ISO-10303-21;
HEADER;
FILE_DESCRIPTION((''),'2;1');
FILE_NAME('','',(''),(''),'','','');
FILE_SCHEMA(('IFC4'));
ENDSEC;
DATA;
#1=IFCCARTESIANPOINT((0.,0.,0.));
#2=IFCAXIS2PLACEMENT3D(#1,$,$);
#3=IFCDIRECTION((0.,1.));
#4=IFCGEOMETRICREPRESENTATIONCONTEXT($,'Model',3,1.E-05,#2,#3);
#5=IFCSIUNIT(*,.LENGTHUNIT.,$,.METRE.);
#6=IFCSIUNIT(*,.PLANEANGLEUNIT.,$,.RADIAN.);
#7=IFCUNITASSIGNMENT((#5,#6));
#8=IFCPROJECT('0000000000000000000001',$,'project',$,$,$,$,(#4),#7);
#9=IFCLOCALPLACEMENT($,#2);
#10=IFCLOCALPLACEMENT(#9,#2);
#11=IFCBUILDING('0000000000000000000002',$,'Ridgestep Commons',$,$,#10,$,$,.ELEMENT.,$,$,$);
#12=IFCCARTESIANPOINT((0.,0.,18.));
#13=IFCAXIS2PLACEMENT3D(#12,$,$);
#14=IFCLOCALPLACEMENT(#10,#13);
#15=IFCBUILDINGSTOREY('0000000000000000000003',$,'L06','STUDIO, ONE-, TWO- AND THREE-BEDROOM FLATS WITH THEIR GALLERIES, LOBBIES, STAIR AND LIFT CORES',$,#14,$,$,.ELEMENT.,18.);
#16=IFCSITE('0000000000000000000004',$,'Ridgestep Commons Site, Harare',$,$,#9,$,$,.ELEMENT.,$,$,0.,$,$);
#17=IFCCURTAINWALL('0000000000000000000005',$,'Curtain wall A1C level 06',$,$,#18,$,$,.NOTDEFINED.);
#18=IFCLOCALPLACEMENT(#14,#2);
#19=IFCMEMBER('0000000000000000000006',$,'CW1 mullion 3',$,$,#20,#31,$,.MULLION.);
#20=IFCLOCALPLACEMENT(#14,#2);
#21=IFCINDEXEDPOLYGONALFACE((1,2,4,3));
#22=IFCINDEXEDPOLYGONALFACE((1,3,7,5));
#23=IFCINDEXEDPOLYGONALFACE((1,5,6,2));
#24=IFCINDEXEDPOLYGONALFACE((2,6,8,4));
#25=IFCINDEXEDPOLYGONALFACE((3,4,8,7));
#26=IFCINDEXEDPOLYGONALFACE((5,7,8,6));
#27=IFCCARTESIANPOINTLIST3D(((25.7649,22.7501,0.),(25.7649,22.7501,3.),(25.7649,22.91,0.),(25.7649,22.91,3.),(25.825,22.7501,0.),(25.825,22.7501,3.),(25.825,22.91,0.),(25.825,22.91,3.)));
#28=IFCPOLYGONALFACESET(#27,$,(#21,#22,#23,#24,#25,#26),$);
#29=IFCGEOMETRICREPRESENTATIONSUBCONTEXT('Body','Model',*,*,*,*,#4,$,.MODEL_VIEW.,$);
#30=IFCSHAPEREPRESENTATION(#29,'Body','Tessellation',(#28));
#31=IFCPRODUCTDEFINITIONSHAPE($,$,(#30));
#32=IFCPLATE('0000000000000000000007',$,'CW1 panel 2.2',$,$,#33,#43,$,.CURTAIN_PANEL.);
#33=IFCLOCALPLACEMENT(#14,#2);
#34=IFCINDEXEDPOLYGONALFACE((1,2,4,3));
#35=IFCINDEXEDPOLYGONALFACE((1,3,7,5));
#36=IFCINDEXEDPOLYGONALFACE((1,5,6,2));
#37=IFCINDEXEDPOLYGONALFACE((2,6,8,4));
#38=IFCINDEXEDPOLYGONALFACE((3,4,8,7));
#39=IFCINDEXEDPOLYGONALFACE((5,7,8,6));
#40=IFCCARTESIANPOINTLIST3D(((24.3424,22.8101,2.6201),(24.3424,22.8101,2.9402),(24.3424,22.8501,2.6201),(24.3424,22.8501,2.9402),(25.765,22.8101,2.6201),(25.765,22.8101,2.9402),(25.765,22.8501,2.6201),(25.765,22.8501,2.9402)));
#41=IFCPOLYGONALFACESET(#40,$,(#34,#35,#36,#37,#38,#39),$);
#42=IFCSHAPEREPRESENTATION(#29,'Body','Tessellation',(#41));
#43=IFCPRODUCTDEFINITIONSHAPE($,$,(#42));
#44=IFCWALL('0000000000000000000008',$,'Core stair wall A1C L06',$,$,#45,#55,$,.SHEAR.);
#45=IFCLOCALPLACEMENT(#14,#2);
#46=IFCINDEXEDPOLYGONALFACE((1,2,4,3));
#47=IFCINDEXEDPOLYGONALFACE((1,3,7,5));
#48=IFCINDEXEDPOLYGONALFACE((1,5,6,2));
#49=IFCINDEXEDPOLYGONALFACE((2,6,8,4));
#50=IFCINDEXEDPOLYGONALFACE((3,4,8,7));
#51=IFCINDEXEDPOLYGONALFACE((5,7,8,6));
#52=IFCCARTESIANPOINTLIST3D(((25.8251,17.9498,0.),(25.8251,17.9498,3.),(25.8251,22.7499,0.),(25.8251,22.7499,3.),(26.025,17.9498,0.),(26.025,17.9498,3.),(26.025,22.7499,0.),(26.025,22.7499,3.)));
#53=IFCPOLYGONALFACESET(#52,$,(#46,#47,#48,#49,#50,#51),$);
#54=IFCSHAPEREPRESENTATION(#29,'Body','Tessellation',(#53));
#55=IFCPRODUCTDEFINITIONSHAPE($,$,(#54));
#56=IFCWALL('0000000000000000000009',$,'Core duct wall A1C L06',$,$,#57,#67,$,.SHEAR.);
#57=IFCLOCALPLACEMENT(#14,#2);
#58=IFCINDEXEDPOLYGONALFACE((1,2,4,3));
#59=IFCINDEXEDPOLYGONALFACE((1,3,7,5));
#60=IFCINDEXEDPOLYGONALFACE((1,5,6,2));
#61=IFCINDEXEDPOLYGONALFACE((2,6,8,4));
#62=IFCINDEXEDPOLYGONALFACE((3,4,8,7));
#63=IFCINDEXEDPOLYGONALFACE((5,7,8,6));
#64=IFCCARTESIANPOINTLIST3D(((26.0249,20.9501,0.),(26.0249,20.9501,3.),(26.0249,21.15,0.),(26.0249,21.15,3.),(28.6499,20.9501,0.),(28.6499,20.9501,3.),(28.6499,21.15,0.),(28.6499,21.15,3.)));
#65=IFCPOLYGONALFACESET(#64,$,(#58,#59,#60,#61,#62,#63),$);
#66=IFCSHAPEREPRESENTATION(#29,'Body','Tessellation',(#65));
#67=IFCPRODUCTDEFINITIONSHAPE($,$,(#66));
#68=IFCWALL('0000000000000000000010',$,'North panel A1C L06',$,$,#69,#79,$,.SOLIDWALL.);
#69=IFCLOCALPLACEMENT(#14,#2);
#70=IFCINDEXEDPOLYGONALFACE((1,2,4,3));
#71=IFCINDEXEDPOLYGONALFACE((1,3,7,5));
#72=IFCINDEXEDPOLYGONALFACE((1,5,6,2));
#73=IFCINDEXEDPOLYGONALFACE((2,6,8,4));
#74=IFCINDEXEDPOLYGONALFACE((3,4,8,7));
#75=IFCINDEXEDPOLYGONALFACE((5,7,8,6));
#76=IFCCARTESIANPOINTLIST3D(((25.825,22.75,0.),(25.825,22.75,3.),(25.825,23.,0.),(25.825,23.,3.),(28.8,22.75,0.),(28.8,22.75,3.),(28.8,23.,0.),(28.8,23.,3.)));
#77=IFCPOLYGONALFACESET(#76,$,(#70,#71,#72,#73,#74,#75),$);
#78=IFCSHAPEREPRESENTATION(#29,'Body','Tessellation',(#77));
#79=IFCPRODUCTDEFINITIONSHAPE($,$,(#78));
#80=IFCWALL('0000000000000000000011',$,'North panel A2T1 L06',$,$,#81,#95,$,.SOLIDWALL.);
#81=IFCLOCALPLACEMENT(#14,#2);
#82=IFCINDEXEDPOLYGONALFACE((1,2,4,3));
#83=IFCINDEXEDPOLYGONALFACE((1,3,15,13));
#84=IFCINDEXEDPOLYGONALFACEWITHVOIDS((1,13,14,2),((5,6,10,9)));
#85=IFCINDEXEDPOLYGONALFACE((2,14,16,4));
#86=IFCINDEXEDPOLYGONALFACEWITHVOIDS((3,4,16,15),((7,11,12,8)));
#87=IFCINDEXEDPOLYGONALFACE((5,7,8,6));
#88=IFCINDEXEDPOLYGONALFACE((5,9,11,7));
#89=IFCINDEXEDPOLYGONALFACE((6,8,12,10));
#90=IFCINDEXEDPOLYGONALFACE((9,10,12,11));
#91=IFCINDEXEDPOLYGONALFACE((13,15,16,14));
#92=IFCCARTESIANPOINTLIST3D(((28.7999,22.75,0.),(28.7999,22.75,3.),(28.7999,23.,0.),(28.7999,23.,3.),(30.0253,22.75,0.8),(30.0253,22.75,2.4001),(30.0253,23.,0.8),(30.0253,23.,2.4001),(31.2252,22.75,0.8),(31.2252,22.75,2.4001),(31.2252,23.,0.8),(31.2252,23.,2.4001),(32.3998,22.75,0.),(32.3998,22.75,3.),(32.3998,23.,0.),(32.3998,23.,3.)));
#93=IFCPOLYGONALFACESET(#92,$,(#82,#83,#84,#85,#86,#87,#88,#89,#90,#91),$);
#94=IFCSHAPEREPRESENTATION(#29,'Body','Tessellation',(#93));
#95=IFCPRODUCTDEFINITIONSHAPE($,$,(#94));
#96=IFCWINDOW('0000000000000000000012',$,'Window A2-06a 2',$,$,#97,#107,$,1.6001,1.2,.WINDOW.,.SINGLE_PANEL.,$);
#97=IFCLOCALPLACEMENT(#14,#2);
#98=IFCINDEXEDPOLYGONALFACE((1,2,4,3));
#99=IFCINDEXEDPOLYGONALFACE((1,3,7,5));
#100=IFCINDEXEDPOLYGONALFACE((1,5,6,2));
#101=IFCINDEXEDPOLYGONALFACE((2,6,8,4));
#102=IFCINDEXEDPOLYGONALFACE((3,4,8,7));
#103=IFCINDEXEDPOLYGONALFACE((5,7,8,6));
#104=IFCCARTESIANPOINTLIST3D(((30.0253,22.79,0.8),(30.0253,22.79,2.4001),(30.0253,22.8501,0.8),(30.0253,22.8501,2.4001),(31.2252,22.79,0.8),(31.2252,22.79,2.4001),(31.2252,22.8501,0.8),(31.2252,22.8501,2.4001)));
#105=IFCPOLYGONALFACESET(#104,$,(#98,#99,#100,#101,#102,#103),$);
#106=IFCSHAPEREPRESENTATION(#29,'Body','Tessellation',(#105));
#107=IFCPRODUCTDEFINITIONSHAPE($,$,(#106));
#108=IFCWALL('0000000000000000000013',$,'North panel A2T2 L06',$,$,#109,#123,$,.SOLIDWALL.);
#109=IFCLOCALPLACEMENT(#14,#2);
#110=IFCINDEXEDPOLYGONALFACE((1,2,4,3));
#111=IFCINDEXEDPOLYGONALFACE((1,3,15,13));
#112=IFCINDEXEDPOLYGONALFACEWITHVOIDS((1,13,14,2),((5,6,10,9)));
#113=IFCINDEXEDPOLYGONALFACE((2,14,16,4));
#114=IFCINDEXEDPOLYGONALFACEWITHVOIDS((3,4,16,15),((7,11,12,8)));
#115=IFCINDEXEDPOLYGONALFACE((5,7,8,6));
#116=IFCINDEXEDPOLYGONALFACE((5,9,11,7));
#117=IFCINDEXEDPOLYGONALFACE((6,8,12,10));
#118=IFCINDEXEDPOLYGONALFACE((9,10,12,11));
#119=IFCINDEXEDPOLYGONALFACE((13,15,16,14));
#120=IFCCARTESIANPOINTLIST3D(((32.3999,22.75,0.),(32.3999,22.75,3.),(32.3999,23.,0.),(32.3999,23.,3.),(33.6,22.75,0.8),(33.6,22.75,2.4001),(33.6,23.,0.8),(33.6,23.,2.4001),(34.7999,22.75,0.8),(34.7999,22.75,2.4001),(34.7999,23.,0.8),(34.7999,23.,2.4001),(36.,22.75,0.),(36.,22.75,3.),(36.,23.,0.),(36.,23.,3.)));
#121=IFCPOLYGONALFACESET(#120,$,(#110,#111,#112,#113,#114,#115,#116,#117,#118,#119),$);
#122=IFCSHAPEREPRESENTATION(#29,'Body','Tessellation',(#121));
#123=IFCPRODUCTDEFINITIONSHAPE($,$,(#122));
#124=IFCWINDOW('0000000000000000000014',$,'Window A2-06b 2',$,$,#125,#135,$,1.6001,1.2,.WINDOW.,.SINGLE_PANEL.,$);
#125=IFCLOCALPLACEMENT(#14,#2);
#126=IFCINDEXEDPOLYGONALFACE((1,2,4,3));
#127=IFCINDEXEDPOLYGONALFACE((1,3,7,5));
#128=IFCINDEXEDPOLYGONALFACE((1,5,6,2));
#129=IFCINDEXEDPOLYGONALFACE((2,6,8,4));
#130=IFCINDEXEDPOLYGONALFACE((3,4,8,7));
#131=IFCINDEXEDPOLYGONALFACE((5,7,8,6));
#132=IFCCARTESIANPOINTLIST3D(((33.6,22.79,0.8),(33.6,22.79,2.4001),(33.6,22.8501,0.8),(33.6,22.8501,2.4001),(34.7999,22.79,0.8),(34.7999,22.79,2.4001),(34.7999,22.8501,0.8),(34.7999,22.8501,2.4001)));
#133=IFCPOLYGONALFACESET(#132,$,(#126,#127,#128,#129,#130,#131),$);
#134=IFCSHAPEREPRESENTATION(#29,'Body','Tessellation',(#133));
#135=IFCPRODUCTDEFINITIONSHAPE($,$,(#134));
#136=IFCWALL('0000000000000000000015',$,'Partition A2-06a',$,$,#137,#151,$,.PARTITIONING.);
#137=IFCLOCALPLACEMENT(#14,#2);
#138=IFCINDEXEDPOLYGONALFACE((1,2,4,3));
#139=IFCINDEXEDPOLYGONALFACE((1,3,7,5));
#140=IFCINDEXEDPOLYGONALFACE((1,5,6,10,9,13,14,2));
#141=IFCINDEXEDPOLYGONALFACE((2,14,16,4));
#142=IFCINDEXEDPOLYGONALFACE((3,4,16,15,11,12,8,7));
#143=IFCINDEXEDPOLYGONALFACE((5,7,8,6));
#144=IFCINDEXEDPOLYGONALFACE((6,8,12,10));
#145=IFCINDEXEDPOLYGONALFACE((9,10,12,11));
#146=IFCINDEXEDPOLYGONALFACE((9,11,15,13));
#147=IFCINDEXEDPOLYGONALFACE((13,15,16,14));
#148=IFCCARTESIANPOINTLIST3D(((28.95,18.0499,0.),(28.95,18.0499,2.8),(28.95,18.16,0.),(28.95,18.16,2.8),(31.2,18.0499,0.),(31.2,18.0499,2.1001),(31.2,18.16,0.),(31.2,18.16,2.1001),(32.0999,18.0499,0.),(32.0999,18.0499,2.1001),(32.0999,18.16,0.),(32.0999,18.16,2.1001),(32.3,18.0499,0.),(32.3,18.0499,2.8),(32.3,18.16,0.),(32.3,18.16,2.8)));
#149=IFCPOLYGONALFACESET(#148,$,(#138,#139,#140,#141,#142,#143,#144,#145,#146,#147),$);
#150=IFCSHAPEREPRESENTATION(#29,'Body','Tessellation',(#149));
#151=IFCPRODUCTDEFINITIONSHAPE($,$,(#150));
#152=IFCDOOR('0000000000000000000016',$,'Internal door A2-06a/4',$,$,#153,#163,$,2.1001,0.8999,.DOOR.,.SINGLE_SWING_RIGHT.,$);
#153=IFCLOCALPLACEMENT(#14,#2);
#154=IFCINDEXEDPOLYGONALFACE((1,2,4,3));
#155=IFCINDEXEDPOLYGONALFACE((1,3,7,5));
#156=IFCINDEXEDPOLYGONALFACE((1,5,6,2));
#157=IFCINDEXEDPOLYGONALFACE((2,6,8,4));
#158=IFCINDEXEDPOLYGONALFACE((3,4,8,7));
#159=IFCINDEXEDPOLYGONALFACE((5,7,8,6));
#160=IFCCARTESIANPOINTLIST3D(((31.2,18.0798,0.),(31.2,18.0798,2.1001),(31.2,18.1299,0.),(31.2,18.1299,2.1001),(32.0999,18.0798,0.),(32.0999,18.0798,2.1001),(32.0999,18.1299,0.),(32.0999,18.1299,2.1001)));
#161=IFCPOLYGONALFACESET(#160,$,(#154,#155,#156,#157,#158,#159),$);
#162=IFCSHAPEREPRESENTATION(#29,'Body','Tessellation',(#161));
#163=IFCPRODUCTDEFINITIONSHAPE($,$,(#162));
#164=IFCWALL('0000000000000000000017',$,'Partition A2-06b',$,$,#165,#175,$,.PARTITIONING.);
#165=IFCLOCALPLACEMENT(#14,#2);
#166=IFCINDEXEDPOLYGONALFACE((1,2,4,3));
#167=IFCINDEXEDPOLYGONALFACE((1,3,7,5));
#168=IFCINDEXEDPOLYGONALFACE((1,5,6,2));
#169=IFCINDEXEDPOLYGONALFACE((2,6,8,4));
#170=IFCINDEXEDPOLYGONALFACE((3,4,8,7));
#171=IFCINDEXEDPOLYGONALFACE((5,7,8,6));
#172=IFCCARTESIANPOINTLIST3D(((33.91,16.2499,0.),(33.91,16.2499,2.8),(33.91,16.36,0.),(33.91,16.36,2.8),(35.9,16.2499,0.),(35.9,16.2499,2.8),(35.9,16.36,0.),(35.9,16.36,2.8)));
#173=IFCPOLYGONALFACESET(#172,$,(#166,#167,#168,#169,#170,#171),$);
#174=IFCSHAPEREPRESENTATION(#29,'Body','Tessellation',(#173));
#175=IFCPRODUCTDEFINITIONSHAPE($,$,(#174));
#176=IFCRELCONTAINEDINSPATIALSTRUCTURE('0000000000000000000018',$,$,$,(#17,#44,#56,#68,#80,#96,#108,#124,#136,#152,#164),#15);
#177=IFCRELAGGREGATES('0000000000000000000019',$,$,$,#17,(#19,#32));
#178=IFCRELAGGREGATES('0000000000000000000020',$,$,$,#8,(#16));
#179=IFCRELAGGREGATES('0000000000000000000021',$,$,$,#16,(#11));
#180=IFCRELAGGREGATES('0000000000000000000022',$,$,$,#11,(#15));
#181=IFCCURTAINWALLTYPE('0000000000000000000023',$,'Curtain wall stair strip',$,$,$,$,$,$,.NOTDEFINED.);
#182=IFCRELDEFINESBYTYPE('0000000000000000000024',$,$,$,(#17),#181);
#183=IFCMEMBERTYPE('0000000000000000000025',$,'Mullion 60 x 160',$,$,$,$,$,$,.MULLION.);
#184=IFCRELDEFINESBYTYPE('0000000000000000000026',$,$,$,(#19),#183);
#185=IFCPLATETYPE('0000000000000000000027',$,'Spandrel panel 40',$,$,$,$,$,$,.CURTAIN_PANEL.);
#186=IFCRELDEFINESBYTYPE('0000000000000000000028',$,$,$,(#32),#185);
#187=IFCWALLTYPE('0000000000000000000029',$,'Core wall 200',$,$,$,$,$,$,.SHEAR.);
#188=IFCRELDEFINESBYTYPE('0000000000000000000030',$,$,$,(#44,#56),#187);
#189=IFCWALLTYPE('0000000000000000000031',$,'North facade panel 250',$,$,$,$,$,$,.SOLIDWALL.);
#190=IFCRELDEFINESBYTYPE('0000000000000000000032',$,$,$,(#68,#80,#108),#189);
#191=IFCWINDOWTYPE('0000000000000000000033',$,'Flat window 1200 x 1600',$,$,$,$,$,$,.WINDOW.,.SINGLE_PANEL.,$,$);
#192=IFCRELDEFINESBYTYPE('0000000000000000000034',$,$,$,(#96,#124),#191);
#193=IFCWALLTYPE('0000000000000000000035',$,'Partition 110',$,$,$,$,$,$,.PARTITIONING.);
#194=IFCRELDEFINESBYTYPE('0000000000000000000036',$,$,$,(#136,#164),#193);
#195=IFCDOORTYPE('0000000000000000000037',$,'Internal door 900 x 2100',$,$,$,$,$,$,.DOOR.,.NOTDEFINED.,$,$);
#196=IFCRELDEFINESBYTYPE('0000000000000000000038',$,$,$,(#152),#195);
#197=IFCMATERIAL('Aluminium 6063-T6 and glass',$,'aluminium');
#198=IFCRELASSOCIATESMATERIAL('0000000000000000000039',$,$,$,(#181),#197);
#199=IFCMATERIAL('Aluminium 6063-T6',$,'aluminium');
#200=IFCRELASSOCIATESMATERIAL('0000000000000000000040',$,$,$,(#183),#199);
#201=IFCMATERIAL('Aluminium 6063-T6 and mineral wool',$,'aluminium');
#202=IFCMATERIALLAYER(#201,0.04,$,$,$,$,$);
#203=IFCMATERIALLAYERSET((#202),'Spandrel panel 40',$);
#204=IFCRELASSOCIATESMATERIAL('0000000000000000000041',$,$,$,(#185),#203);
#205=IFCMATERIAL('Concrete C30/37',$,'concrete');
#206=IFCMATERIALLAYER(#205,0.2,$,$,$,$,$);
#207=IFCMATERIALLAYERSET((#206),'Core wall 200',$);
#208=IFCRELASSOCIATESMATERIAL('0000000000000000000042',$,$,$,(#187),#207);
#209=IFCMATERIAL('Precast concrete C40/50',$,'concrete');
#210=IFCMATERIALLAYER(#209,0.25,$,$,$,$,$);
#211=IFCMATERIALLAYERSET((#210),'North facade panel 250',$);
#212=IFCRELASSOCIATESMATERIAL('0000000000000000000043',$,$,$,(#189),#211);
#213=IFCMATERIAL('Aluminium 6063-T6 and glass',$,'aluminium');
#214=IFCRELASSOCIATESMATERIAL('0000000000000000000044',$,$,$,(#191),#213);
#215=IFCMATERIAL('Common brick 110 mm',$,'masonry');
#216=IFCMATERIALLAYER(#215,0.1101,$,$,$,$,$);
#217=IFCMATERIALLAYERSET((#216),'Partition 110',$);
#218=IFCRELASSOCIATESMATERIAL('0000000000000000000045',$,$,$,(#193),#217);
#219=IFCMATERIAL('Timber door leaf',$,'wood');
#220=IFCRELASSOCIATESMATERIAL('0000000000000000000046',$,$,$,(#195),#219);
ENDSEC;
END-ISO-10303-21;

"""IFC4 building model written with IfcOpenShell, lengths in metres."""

from ifc_helpers import new_model, si_unit, direction, frame, frame_2d, origin, origin_2d, place, context, subcontext, project, spatial, rectangle, extrude, material, layer, layer_set, material_profile, profile_set, type_object, element, fill, aggregate, save


model = new_model("IFC4")

# Units and contexts
model_context = context("Model", 3, precision=1e-05, world=origin(), true_north=direction((0.0, 1.0)))
body_context = subcontext(model_context, "Body", "Model", "MODEL_VIEW")
ifc_project = project(units=[si_unit("LENGTHUNIT", "METRE"), si_unit("PLANEANGLEUNIT", "RADIAN")], contexts=[model_context])

# Site, building, storey
site_placement = place(None, origin())
site = spatial("IfcSite", under=ifc_project, at=site_placement, Name="Ridgestep Commons Site, Harare", CompositionType="ELEMENT", RefElevation=0.0)
building_placement = place(site_placement, origin())
building = spatial("IfcBuilding", under=site, at=building_placement, Name="Ridgestep Commons", CompositionType="ELEMENT")
storey_placement = place(building_placement, frame((0.0, 0.0, 18.0)))
storey = spatial("IfcBuildingStorey", under=building, at=storey_placement, Name="L06", Description="STUDIO, ONE-, TWO- AND THREE-BEDROOM FLATS WITH THEIR GALLERIES, LOBBIES, STAIR AND LIFT CORES", CompositionType="ELEMENT", Elevation=18.0)

# Curtain wall, member, plate
ifc_material_1 = material(Name="Aluminium 6063-T6 and glass", Category="aluminium")
curtain_wall_type = type_object("IfcCurtainWallType", Name="Curtain wall stair strip", PredefinedType="NOTDEFINED", material=ifc_material_1)
curtain_wall_placement = place(storey_placement, origin())
curtain_wall = element("IfcCurtainWall", 1, at=curtain_wall_placement, inside=storey, type_object=curtain_wall_type, Name="Curtain wall A1C level 06", PredefinedType="NOTDEFINED")
ifc_material_2 = material(Name="Aluminium 6063-T6", Category="aluminium")
ifc_material_profile = material_profile(ifc_material_2, rectangle(XDim=0.1599, YDim=0.0601, at=origin_2d()), Name="Mullion 60 x 160")
ifc_profile_set = profile_set([ifc_material_profile], Name="Aluminium 6063-T6")
member_type = type_object("IfcMemberType", Name="Mullion 60 x 160", PredefinedType="MULLION", material=ifc_profile_set)
member_placement = place(storey_placement, frame((25.7949, 22.8301, 0.0), z_axis=(0.0, 0.0, 1.0), x_axis=(0.0, 1.0, 0.0)))
member = element("IfcMember", 2, at=member_placement, type_object=member_type, Name="CW1 mullion 3", PredefinedType="MULLION", context=body_context, shape_type="SweptSolid", body=[
    extrude(rectangle(XDim=0.1599, YDim=0.0601, at=origin_2d()), origin(), (0.0, 0.0, 1.0), 3.0),
])
ifc_material_3 = material(Name="Aluminium 6063-T6 and mineral wool", Category="aluminium")
ifc_layer_1 = layer(ifc_material_3, 0.04)
ifc_layer_set_1 = layer_set([ifc_layer_1], Name="Spandrel panel 40")
plate_type = type_object("IfcPlateType", Name="Spandrel panel 40", PredefinedType="CURTAIN_PANEL", material=ifc_layer_set_1)
plate_placement = place(storey_placement, frame((25.0537, 22.8301, 2.6201), z_axis=(0.0, 0.0, 1.0), x_axis=(1.0, 0.0, 0.0)))
plate = element("IfcPlate", 3, at=plate_placement, type_object=plate_type, Name="CW1 panel 2.2", PredefinedType="CURTAIN_PANEL", context=body_context, shape_type="SweptSolid", body=[
    extrude(rectangle(XDim=1.4226, YDim=0.04, at=origin_2d()), origin(), (0.0, 0.0, 1.0), 0.3201),
])
aggregate(curtain_wall, [member, plate])

# Walls
ifc_material_4 = material(Name="Concrete C30/37", Category="concrete")
ifc_layer_2 = layer(ifc_material_4, 0.2)
ifc_layer_set_2 = layer_set([ifc_layer_2], Name="Core wall 200")
wall_type_1 = type_object("IfcWallType", Name="Core wall 200", PredefinedType="SHEAR", material=ifc_layer_set_2)
wall_1_placement = place(storey_placement, frame((25.925, 17.95, 0.0), z_axis=(0.0, 0.0, 1.0), x_axis=(0.0, 1.0, 0.0)))
element("IfcWall", 4, at=wall_1_placement, inside=storey, type_object=wall_type_1, Name="Core stair wall A1C L06", PredefinedType="SHEAR", context=body_context, shape_type="SweptSolid", body=[
    extrude(rectangle(XDim=4.8, YDim=0.2, at=frame_2d((2.3999, 0.0))), origin(), (0.0, 0.0, 1.0), 3.0),
])
wall_2_placement = place(storey_placement, frame((26.0249, 21.05, 0.0), z_axis=(0.0, 0.0, 1.0), x_axis=(1.0, 0.0, 0.0)))
element("IfcWall", 5, at=wall_2_placement, inside=storey, type_object=wall_type_1, Name="Core duct wall A1C L06", PredefinedType="SHEAR", context=body_context, shape_type="SweptSolid", body=[
    extrude(rectangle(XDim=2.625, YDim=0.2, at=frame_2d((1.3125, 0.0))), origin(), (0.0, 0.0, 1.0), 3.0),
])
ifc_material_5 = material(Name="Precast concrete C40/50", Category="concrete")
ifc_layer_3 = layer(ifc_material_5, 0.25)
ifc_layer_set_3 = layer_set([ifc_layer_3], Name="North facade panel 250")
wall_type_2 = type_object("IfcWallType", Name="North facade panel 250", PredefinedType="SOLIDWALL", material=ifc_layer_set_3)
wall_3_placement = place(storey_placement, frame((25.825, 22.875, 0.0), z_axis=(0.0, 0.0, 1.0), x_axis=(1.0, 0.0, 0.0)))
element("IfcWall", 6, at=wall_3_placement, inside=storey, type_object=wall_type_2, Name="North panel A1C L06", PredefinedType="SOLIDWALL", context=body_context, shape_type="SweptSolid", body=[
    extrude(rectangle(XDim=2.9751, YDim=0.25, at=frame_2d((1.4875, 0.0))), origin(), (0.0, 0.0, 1.0), 3.0),
])

# Walls, openings, windows
wall_4_placement = place(storey_placement, frame((28.8, 22.875, 0.0), z_axis=(0.0, 0.0, 1.0), x_axis=(1.0, 0.0, 0.0)))
wall_4 = element("IfcWall", 7, at=wall_4_placement, inside=storey, type_object=wall_type_2, Name="North panel A2T1 L06", PredefinedType="SOLIDWALL", context=body_context, shape_type="SweptSolid", body=[
    extrude(rectangle(XDim=3.5999, YDim=0.25, at=frame_2d((1.7998, 0.0))), origin(), (0.0, 0.0, 1.0), 3.0),
])
opening_1_placement = place(wall_4_placement, frame((1.2251, 0.0, 0.8)))
opening_1 = element("IfcOpeningElement", 8, at=opening_1_placement, cuts=wall_4, PredefinedType="OPENING", context=body_context, shape_type="SweptSolid", body=[
    extrude(rectangle(XDim=1.2, YDim=1.6001, at=frame_2d((0.6001, 0.8))), frame((0.0, 0.135, 0.0), z_axis=(0.0, -1.0, 0.0), x_axis=(1.0, 0.0, 0.0)), (0.0, 0.0, 1.0), 0.27),
])
ifc_material_6 = material(Name="Aluminium 6063-T6 and glass", Category="aluminium")
window_type = type_object("IfcWindowType", Name="Flat window 1200 x 1600", PartitioningType="SINGLE_PANEL", PredefinedType="WINDOW", material=ifc_material_6)
window_1_placement = place(opening_1_placement, origin())
window_1 = element("IfcWindow", 9, at=window_1_placement, inside=storey, type_object=window_type, Name="Window A2-06a 2", OverallHeight=1.6001, OverallWidth=1.2, PartitioningType="SINGLE_PANEL", PredefinedType="WINDOW", context=body_context, shape_type="SweptSolid", body=[
    extrude(rectangle(XDim=1.2, YDim=1.6001, at=frame_2d((0.6001, 0.8))), frame((0.0, -0.0249, 0.0), z_axis=(0.0, -1.0, 0.0), x_axis=(1.0, 0.0, 0.0)), (0.0, 0.0, 1.0), 0.0601),
])
fill(opening_1, window_1)
wall_5_placement = place(storey_placement, frame((32.3999, 22.875, 0.0), z_axis=(0.0, 0.0, 1.0), x_axis=(1.0, 0.0, 0.0)))
wall_5 = element("IfcWall", 10, at=wall_5_placement, inside=storey, type_object=wall_type_2, Name="North panel A2T2 L06", PredefinedType="SOLIDWALL", context=body_context, shape_type="SweptSolid", body=[
    extrude(rectangle(XDim=3.6001, YDim=0.25, at=frame_2d((1.8, 0.0))), origin(), (0.0, 0.0, 1.0), 3.0),
])
opening_2_placement = place(wall_5_placement, frame((1.2, 0.0, 0.8)))
opening_2 = element("IfcOpeningElement", 11, at=opening_2_placement, cuts=wall_5, PredefinedType="OPENING", context=body_context, shape_type="SweptSolid", body=[
    extrude(rectangle(XDim=1.2, YDim=1.6001, at=frame_2d((0.6001, 0.8))), frame((0.0, 0.135, 0.0), z_axis=(0.0, -1.0, 0.0), x_axis=(1.0, 0.0, 0.0)), (0.0, 0.0, 1.0), 0.27),
])
window_2_placement = place(opening_2_placement, origin())
window_2 = element("IfcWindow", 12, at=window_2_placement, inside=storey, type_object=window_type, Name="Window A2-06b 2", OverallHeight=1.6001, OverallWidth=1.2, PartitioningType="SINGLE_PANEL", PredefinedType="WINDOW", context=body_context, shape_type="SweptSolid", body=[
    extrude(rectangle(XDim=1.2, YDim=1.6001, at=frame_2d((0.6001, 0.8))), frame((0.0, -0.0249, 0.0), z_axis=(0.0, -1.0, 0.0), x_axis=(1.0, 0.0, 0.0)), (0.0, 0.0, 1.0), 0.0601),
])
fill(opening_2, window_2)

# Wall, opening, door
ifc_material_7 = material(Name="Common brick 110 mm", Category="masonry")
ifc_layer_4 = layer(ifc_material_7, 0.1101)
ifc_layer_set_4 = layer_set([ifc_layer_4], Name="Partition 110")
wall_type_3 = type_object("IfcWallType", Name="Partition 110", PredefinedType="PARTITIONING", material=ifc_layer_set_4)
wall_6_placement = place(storey_placement, frame((28.95, 18.105, 0.0), z_axis=(0.0, 0.0, 1.0), x_axis=(1.0, 0.0, 0.0)))
wall_6 = element("IfcWall", 13, at=wall_6_placement, inside=storey, type_object=wall_type_3, Name="Partition A2-06a", PredefinedType="PARTITIONING", context=body_context, shape_type="SweptSolid", body=[
    extrude(rectangle(XDim=3.3501, YDim=0.1101, at=frame_2d((1.675, 0.0))), origin(), (0.0, 0.0, 1.0), 2.8),
])
opening_3_placement = place(wall_6_placement, frame((2.25, 0.0, 0.0)))
opening_3 = element("IfcOpeningElement", 14, at=opening_3_placement, cuts=wall_6, PredefinedType="OPENING", context=body_context, shape_type="SweptSolid", body=[
    extrude(rectangle(XDim=0.8999, YDim=2.1001, at=frame_2d((0.45, 1.05))), frame((0.0, 0.0649, 0.0), z_axis=(0.0, -1.0, 0.0), x_axis=(1.0, 0.0, 0.0)), (0.0, 0.0, 1.0), 0.1301),
])
ifc_material_8 = material(Name="Timber door leaf", Category="wood")
door_type = type_object("IfcDoorType", Name="Internal door 900 x 2100", OperationType="NOTDEFINED", PredefinedType="DOOR", material=ifc_material_8)
door_1_placement = place(opening_3_placement, origin())
door_1 = element("IfcDoor", 15, at=door_1_placement, inside=storey, type_object=door_type, Name="Internal door A2-06a/4", OperationType="SINGLE_SWING_RIGHT", OverallHeight=2.1001, OverallWidth=0.8999, PredefinedType="DOOR", context=body_context, shape_type="SweptSolid", body=[
    extrude(rectangle(XDim=0.8999, YDim=2.1001, at=frame_2d((0.45, 1.05))), frame((0.0, 0.0249, 0.0), z_axis=(0.0, -1.0, 0.0), x_axis=(1.0, 0.0, 0.0)), (0.0, 0.0, 1.0), 0.05),
])
fill(opening_3, door_1)

# Wall
wall_7_placement = place(storey_placement, frame((33.9099, 16.3049, 0.0), z_axis=(0.0, 0.0, 1.0), x_axis=(1.0, 0.0, 0.0)))
element("IfcWall", 16, at=wall_7_placement, inside=storey, type_object=wall_type_3, Name="Partition A2-06b", PredefinedType="PARTITIONING", context=body_context, shape_type="SweptSolid", body=[
    extrude(rectangle(XDim=1.99, YDim=0.1101, at=frame_2d((0.9951, 0.0))), origin(), (0.0, 0.0, 1.0), 2.8),
])

save(model, "model.ifc")
